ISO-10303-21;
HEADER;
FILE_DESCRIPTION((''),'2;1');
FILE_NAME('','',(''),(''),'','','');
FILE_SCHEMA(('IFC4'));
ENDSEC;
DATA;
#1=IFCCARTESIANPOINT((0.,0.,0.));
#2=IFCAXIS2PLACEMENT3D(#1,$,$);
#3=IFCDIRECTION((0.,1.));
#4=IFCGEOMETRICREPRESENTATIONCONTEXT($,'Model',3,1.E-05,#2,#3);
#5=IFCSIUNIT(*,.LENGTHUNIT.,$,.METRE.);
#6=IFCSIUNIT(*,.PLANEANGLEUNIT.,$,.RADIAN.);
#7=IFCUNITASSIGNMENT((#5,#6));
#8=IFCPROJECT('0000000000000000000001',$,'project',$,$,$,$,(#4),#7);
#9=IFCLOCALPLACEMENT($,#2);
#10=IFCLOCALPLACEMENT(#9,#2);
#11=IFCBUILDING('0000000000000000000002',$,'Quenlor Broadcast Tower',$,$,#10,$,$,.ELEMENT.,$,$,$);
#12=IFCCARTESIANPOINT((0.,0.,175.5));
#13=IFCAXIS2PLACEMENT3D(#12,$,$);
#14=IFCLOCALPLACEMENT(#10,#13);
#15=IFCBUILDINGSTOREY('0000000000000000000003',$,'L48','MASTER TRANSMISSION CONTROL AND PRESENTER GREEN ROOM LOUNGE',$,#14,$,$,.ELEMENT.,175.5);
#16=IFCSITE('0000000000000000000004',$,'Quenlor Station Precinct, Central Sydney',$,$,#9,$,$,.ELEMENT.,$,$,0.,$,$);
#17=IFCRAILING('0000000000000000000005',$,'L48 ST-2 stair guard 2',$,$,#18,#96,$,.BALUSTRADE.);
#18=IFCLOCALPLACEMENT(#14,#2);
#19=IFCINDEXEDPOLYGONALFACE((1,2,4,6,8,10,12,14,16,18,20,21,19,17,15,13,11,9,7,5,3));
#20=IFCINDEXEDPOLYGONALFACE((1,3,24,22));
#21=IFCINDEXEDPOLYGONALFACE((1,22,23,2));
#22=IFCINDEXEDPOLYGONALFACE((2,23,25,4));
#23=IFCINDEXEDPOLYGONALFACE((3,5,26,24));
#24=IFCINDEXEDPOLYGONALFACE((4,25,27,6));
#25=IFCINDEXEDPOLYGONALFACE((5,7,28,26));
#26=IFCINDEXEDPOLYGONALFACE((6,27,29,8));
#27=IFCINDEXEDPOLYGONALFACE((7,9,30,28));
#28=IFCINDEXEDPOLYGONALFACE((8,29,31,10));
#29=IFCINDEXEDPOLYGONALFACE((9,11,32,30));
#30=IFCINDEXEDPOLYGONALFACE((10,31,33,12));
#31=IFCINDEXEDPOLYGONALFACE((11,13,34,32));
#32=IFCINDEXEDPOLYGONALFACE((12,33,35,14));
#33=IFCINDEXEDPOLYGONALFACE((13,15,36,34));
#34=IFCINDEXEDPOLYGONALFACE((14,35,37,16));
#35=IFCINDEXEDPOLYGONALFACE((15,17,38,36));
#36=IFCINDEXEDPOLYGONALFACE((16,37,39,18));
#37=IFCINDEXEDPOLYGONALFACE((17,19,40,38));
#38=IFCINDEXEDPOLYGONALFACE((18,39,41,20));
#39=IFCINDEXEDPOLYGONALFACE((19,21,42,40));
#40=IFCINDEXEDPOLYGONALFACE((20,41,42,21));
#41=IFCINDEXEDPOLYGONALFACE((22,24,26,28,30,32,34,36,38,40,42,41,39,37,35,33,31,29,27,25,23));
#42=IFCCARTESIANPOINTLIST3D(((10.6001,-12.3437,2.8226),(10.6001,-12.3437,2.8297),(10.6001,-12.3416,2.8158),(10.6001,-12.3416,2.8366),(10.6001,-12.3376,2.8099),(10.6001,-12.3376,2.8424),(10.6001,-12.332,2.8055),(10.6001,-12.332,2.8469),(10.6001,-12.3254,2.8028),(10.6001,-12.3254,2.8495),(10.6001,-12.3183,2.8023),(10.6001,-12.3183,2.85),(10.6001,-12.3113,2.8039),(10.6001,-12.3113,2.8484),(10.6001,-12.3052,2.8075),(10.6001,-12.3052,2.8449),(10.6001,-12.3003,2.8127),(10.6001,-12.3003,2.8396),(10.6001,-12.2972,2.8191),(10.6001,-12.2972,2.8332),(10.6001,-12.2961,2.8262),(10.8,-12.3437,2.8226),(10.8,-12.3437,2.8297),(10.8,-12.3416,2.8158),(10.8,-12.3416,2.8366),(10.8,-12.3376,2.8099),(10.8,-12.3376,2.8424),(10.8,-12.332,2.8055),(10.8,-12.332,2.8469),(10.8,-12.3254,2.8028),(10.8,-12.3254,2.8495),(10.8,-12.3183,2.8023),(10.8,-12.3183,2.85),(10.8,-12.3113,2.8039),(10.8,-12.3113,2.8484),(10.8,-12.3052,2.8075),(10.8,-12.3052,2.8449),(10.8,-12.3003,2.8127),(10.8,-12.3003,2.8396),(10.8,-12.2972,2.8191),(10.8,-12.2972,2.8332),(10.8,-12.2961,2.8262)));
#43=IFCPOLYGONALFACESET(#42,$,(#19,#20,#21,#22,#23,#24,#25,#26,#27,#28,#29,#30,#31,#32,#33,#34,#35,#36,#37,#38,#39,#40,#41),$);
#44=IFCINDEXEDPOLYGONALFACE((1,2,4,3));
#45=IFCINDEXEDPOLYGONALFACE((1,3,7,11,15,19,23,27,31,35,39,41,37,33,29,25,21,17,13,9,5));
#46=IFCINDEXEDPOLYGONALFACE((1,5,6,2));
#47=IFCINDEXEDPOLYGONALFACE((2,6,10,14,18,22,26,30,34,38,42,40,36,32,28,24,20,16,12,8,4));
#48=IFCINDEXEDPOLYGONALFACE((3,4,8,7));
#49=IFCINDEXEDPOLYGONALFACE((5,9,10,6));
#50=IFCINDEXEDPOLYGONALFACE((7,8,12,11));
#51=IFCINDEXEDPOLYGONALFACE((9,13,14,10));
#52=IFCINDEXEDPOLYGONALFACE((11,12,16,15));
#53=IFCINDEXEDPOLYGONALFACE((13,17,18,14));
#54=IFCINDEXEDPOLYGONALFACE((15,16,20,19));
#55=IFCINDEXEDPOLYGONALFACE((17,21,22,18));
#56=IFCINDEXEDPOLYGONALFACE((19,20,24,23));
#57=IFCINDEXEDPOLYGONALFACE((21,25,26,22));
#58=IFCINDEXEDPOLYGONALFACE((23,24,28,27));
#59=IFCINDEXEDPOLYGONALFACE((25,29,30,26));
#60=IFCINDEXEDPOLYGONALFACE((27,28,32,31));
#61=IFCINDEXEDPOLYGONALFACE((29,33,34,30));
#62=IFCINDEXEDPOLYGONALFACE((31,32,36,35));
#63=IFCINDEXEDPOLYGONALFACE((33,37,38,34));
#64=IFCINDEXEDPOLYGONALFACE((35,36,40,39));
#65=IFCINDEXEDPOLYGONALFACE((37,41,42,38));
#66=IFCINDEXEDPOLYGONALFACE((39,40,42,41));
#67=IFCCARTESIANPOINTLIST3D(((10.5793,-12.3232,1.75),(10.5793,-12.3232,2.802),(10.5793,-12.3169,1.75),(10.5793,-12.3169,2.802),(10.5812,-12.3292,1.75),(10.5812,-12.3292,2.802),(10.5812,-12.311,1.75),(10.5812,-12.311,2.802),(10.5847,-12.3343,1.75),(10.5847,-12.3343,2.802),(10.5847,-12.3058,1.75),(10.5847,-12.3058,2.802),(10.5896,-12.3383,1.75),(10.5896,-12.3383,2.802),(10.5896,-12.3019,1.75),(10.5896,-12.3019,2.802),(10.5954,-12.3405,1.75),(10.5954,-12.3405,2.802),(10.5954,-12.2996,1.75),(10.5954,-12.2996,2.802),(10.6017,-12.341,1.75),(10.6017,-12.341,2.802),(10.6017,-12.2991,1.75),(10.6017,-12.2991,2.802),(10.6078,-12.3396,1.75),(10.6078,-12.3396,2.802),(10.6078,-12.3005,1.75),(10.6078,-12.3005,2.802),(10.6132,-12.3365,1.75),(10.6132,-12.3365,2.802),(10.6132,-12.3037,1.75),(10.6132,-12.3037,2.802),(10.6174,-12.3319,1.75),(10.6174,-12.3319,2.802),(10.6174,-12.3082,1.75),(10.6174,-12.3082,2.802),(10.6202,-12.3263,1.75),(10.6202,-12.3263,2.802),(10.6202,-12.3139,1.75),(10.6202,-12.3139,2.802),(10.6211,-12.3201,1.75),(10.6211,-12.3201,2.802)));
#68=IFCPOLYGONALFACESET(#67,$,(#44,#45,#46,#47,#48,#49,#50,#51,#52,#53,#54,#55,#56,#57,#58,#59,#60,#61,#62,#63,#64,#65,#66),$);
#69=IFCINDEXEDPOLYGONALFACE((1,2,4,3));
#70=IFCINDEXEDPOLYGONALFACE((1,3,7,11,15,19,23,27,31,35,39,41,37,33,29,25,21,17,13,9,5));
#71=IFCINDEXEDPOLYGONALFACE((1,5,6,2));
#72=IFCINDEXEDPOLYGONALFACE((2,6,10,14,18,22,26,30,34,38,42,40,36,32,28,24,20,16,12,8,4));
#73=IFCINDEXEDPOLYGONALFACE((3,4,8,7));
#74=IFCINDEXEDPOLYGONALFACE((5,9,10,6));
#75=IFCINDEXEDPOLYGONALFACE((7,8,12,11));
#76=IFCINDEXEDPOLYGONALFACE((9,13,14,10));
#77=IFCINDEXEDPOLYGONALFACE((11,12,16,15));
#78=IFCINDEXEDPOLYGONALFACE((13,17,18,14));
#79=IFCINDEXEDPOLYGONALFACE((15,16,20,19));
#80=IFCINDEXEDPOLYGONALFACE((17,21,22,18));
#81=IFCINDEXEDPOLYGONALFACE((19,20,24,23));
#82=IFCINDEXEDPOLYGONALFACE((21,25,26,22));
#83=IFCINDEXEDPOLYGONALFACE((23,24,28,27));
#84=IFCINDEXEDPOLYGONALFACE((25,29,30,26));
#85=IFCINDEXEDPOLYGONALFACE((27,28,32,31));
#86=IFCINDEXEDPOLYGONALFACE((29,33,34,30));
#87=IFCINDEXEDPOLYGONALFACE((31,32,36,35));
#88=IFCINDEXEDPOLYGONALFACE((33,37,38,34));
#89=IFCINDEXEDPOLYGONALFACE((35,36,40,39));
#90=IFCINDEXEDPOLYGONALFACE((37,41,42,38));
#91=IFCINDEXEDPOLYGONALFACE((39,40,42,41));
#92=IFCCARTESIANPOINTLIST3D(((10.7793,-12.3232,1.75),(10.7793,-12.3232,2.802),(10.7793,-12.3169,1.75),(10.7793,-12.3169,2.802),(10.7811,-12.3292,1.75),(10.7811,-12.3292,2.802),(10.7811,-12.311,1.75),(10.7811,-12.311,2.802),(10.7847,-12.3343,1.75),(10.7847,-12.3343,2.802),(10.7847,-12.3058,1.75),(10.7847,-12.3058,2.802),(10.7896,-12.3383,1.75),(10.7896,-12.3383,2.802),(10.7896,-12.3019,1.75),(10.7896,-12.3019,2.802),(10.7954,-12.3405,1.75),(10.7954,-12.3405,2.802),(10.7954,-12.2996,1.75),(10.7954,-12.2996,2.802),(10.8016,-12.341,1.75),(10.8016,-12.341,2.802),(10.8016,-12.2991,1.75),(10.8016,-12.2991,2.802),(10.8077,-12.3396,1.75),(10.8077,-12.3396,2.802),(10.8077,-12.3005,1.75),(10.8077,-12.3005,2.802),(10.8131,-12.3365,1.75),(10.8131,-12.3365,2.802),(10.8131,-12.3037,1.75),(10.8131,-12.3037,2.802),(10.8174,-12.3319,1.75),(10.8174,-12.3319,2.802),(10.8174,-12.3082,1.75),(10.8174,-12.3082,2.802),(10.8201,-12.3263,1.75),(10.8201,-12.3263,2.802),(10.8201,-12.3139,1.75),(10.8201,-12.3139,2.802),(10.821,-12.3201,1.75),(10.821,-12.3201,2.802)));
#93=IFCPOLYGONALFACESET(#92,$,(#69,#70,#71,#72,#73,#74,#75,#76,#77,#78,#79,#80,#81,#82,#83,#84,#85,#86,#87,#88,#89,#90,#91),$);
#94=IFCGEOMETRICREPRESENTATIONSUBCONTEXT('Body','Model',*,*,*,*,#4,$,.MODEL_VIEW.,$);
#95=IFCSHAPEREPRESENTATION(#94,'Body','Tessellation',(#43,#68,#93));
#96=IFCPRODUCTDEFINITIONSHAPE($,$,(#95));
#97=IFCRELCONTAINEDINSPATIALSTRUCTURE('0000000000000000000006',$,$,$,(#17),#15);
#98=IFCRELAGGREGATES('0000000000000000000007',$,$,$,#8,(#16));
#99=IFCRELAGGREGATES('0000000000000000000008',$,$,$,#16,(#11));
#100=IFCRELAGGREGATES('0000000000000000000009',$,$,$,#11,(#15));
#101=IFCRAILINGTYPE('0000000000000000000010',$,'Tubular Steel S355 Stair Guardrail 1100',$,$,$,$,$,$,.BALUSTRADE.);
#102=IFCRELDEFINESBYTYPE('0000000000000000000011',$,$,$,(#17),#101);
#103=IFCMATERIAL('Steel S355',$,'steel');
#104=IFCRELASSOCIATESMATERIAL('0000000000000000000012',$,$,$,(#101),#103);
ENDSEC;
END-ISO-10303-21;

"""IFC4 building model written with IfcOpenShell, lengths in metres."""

from ifc_helpers import new_model, si_unit, direction, frame, origin, origin_2d, place, context, subcontext, project, spatial, circle, extrude, material, type_object, element, save


model = new_model("IFC4")

# Units and contexts
model_context = context("Model", 3, precision=1e-05, world=origin(), true_north=direction((0.0, 1.0)))
body_context = subcontext(model_context, "Body", "Model", "MODEL_VIEW")
ifc_project = project(units=[si_unit("LENGTHUNIT", "METRE"), si_unit("PLANEANGLEUNIT", "RADIAN")], contexts=[model_context])

# Site, building, storey
site_placement = place(None, origin())
site = spatial("IfcSite", under=ifc_project, at=site_placement, Name="Quenlor Station Precinct, Central Sydney", CompositionType="ELEMENT", RefElevation=0.0)
building_placement = place(site_placement, origin())
building = spatial("IfcBuilding", under=site, at=building_placement, Name="Quenlor Broadcast Tower", CompositionType="ELEMENT")
storey_placement = place(building_placement, frame((0.0, 0.0, 175.5)))
storey = spatial("IfcBuildingStorey", under=building, at=storey_placement, Name="L48", Description="MASTER TRANSMISSION CONTROL AND PRESENTER GREEN ROOM LOUNGE", CompositionType="ELEMENT", Elevation=175.5)

# Railing
ifc_material_1 = material(Name="Steel S355", Category="steel")
railing_type = type_object("IfcRailingType", Name="Tubular Steel S355 Stair Guardrail 1100", PredefinedType="BALUSTRADE", material=ifc_material_1)
railing_1_placement = place(storey_placement, frame((10.6001, -12.3201, 1.75)))
element("IfcRailing", 1, at=railing_1_placement, inside=storey, type_object=railing_type, Name="L48 ST-2 stair guard 2", PredefinedType="BALUSTRADE", context=body_context, shape_type="SweptSolid", body=[
    extrude(circle(Radius=0.0239, at=origin_2d()), frame((0.0, 0.0, 1.0762), z_axis=(1.0, 0.0, 0.0), x_axis=(0.0, 1.0, 0.0)), (0.0, 0.0, 1.0), 0.2),
    extrude(circle(Radius=0.021, at=origin_2d()), origin(), (0.0, 0.0, 1.0), 1.052),
    extrude(circle(Radius=0.021, at=origin_2d()), frame((0.2, 0.0, 0.0)), (0.0, 0.0, 1.0), 1.052),
])

save(model, "model.ifc")
